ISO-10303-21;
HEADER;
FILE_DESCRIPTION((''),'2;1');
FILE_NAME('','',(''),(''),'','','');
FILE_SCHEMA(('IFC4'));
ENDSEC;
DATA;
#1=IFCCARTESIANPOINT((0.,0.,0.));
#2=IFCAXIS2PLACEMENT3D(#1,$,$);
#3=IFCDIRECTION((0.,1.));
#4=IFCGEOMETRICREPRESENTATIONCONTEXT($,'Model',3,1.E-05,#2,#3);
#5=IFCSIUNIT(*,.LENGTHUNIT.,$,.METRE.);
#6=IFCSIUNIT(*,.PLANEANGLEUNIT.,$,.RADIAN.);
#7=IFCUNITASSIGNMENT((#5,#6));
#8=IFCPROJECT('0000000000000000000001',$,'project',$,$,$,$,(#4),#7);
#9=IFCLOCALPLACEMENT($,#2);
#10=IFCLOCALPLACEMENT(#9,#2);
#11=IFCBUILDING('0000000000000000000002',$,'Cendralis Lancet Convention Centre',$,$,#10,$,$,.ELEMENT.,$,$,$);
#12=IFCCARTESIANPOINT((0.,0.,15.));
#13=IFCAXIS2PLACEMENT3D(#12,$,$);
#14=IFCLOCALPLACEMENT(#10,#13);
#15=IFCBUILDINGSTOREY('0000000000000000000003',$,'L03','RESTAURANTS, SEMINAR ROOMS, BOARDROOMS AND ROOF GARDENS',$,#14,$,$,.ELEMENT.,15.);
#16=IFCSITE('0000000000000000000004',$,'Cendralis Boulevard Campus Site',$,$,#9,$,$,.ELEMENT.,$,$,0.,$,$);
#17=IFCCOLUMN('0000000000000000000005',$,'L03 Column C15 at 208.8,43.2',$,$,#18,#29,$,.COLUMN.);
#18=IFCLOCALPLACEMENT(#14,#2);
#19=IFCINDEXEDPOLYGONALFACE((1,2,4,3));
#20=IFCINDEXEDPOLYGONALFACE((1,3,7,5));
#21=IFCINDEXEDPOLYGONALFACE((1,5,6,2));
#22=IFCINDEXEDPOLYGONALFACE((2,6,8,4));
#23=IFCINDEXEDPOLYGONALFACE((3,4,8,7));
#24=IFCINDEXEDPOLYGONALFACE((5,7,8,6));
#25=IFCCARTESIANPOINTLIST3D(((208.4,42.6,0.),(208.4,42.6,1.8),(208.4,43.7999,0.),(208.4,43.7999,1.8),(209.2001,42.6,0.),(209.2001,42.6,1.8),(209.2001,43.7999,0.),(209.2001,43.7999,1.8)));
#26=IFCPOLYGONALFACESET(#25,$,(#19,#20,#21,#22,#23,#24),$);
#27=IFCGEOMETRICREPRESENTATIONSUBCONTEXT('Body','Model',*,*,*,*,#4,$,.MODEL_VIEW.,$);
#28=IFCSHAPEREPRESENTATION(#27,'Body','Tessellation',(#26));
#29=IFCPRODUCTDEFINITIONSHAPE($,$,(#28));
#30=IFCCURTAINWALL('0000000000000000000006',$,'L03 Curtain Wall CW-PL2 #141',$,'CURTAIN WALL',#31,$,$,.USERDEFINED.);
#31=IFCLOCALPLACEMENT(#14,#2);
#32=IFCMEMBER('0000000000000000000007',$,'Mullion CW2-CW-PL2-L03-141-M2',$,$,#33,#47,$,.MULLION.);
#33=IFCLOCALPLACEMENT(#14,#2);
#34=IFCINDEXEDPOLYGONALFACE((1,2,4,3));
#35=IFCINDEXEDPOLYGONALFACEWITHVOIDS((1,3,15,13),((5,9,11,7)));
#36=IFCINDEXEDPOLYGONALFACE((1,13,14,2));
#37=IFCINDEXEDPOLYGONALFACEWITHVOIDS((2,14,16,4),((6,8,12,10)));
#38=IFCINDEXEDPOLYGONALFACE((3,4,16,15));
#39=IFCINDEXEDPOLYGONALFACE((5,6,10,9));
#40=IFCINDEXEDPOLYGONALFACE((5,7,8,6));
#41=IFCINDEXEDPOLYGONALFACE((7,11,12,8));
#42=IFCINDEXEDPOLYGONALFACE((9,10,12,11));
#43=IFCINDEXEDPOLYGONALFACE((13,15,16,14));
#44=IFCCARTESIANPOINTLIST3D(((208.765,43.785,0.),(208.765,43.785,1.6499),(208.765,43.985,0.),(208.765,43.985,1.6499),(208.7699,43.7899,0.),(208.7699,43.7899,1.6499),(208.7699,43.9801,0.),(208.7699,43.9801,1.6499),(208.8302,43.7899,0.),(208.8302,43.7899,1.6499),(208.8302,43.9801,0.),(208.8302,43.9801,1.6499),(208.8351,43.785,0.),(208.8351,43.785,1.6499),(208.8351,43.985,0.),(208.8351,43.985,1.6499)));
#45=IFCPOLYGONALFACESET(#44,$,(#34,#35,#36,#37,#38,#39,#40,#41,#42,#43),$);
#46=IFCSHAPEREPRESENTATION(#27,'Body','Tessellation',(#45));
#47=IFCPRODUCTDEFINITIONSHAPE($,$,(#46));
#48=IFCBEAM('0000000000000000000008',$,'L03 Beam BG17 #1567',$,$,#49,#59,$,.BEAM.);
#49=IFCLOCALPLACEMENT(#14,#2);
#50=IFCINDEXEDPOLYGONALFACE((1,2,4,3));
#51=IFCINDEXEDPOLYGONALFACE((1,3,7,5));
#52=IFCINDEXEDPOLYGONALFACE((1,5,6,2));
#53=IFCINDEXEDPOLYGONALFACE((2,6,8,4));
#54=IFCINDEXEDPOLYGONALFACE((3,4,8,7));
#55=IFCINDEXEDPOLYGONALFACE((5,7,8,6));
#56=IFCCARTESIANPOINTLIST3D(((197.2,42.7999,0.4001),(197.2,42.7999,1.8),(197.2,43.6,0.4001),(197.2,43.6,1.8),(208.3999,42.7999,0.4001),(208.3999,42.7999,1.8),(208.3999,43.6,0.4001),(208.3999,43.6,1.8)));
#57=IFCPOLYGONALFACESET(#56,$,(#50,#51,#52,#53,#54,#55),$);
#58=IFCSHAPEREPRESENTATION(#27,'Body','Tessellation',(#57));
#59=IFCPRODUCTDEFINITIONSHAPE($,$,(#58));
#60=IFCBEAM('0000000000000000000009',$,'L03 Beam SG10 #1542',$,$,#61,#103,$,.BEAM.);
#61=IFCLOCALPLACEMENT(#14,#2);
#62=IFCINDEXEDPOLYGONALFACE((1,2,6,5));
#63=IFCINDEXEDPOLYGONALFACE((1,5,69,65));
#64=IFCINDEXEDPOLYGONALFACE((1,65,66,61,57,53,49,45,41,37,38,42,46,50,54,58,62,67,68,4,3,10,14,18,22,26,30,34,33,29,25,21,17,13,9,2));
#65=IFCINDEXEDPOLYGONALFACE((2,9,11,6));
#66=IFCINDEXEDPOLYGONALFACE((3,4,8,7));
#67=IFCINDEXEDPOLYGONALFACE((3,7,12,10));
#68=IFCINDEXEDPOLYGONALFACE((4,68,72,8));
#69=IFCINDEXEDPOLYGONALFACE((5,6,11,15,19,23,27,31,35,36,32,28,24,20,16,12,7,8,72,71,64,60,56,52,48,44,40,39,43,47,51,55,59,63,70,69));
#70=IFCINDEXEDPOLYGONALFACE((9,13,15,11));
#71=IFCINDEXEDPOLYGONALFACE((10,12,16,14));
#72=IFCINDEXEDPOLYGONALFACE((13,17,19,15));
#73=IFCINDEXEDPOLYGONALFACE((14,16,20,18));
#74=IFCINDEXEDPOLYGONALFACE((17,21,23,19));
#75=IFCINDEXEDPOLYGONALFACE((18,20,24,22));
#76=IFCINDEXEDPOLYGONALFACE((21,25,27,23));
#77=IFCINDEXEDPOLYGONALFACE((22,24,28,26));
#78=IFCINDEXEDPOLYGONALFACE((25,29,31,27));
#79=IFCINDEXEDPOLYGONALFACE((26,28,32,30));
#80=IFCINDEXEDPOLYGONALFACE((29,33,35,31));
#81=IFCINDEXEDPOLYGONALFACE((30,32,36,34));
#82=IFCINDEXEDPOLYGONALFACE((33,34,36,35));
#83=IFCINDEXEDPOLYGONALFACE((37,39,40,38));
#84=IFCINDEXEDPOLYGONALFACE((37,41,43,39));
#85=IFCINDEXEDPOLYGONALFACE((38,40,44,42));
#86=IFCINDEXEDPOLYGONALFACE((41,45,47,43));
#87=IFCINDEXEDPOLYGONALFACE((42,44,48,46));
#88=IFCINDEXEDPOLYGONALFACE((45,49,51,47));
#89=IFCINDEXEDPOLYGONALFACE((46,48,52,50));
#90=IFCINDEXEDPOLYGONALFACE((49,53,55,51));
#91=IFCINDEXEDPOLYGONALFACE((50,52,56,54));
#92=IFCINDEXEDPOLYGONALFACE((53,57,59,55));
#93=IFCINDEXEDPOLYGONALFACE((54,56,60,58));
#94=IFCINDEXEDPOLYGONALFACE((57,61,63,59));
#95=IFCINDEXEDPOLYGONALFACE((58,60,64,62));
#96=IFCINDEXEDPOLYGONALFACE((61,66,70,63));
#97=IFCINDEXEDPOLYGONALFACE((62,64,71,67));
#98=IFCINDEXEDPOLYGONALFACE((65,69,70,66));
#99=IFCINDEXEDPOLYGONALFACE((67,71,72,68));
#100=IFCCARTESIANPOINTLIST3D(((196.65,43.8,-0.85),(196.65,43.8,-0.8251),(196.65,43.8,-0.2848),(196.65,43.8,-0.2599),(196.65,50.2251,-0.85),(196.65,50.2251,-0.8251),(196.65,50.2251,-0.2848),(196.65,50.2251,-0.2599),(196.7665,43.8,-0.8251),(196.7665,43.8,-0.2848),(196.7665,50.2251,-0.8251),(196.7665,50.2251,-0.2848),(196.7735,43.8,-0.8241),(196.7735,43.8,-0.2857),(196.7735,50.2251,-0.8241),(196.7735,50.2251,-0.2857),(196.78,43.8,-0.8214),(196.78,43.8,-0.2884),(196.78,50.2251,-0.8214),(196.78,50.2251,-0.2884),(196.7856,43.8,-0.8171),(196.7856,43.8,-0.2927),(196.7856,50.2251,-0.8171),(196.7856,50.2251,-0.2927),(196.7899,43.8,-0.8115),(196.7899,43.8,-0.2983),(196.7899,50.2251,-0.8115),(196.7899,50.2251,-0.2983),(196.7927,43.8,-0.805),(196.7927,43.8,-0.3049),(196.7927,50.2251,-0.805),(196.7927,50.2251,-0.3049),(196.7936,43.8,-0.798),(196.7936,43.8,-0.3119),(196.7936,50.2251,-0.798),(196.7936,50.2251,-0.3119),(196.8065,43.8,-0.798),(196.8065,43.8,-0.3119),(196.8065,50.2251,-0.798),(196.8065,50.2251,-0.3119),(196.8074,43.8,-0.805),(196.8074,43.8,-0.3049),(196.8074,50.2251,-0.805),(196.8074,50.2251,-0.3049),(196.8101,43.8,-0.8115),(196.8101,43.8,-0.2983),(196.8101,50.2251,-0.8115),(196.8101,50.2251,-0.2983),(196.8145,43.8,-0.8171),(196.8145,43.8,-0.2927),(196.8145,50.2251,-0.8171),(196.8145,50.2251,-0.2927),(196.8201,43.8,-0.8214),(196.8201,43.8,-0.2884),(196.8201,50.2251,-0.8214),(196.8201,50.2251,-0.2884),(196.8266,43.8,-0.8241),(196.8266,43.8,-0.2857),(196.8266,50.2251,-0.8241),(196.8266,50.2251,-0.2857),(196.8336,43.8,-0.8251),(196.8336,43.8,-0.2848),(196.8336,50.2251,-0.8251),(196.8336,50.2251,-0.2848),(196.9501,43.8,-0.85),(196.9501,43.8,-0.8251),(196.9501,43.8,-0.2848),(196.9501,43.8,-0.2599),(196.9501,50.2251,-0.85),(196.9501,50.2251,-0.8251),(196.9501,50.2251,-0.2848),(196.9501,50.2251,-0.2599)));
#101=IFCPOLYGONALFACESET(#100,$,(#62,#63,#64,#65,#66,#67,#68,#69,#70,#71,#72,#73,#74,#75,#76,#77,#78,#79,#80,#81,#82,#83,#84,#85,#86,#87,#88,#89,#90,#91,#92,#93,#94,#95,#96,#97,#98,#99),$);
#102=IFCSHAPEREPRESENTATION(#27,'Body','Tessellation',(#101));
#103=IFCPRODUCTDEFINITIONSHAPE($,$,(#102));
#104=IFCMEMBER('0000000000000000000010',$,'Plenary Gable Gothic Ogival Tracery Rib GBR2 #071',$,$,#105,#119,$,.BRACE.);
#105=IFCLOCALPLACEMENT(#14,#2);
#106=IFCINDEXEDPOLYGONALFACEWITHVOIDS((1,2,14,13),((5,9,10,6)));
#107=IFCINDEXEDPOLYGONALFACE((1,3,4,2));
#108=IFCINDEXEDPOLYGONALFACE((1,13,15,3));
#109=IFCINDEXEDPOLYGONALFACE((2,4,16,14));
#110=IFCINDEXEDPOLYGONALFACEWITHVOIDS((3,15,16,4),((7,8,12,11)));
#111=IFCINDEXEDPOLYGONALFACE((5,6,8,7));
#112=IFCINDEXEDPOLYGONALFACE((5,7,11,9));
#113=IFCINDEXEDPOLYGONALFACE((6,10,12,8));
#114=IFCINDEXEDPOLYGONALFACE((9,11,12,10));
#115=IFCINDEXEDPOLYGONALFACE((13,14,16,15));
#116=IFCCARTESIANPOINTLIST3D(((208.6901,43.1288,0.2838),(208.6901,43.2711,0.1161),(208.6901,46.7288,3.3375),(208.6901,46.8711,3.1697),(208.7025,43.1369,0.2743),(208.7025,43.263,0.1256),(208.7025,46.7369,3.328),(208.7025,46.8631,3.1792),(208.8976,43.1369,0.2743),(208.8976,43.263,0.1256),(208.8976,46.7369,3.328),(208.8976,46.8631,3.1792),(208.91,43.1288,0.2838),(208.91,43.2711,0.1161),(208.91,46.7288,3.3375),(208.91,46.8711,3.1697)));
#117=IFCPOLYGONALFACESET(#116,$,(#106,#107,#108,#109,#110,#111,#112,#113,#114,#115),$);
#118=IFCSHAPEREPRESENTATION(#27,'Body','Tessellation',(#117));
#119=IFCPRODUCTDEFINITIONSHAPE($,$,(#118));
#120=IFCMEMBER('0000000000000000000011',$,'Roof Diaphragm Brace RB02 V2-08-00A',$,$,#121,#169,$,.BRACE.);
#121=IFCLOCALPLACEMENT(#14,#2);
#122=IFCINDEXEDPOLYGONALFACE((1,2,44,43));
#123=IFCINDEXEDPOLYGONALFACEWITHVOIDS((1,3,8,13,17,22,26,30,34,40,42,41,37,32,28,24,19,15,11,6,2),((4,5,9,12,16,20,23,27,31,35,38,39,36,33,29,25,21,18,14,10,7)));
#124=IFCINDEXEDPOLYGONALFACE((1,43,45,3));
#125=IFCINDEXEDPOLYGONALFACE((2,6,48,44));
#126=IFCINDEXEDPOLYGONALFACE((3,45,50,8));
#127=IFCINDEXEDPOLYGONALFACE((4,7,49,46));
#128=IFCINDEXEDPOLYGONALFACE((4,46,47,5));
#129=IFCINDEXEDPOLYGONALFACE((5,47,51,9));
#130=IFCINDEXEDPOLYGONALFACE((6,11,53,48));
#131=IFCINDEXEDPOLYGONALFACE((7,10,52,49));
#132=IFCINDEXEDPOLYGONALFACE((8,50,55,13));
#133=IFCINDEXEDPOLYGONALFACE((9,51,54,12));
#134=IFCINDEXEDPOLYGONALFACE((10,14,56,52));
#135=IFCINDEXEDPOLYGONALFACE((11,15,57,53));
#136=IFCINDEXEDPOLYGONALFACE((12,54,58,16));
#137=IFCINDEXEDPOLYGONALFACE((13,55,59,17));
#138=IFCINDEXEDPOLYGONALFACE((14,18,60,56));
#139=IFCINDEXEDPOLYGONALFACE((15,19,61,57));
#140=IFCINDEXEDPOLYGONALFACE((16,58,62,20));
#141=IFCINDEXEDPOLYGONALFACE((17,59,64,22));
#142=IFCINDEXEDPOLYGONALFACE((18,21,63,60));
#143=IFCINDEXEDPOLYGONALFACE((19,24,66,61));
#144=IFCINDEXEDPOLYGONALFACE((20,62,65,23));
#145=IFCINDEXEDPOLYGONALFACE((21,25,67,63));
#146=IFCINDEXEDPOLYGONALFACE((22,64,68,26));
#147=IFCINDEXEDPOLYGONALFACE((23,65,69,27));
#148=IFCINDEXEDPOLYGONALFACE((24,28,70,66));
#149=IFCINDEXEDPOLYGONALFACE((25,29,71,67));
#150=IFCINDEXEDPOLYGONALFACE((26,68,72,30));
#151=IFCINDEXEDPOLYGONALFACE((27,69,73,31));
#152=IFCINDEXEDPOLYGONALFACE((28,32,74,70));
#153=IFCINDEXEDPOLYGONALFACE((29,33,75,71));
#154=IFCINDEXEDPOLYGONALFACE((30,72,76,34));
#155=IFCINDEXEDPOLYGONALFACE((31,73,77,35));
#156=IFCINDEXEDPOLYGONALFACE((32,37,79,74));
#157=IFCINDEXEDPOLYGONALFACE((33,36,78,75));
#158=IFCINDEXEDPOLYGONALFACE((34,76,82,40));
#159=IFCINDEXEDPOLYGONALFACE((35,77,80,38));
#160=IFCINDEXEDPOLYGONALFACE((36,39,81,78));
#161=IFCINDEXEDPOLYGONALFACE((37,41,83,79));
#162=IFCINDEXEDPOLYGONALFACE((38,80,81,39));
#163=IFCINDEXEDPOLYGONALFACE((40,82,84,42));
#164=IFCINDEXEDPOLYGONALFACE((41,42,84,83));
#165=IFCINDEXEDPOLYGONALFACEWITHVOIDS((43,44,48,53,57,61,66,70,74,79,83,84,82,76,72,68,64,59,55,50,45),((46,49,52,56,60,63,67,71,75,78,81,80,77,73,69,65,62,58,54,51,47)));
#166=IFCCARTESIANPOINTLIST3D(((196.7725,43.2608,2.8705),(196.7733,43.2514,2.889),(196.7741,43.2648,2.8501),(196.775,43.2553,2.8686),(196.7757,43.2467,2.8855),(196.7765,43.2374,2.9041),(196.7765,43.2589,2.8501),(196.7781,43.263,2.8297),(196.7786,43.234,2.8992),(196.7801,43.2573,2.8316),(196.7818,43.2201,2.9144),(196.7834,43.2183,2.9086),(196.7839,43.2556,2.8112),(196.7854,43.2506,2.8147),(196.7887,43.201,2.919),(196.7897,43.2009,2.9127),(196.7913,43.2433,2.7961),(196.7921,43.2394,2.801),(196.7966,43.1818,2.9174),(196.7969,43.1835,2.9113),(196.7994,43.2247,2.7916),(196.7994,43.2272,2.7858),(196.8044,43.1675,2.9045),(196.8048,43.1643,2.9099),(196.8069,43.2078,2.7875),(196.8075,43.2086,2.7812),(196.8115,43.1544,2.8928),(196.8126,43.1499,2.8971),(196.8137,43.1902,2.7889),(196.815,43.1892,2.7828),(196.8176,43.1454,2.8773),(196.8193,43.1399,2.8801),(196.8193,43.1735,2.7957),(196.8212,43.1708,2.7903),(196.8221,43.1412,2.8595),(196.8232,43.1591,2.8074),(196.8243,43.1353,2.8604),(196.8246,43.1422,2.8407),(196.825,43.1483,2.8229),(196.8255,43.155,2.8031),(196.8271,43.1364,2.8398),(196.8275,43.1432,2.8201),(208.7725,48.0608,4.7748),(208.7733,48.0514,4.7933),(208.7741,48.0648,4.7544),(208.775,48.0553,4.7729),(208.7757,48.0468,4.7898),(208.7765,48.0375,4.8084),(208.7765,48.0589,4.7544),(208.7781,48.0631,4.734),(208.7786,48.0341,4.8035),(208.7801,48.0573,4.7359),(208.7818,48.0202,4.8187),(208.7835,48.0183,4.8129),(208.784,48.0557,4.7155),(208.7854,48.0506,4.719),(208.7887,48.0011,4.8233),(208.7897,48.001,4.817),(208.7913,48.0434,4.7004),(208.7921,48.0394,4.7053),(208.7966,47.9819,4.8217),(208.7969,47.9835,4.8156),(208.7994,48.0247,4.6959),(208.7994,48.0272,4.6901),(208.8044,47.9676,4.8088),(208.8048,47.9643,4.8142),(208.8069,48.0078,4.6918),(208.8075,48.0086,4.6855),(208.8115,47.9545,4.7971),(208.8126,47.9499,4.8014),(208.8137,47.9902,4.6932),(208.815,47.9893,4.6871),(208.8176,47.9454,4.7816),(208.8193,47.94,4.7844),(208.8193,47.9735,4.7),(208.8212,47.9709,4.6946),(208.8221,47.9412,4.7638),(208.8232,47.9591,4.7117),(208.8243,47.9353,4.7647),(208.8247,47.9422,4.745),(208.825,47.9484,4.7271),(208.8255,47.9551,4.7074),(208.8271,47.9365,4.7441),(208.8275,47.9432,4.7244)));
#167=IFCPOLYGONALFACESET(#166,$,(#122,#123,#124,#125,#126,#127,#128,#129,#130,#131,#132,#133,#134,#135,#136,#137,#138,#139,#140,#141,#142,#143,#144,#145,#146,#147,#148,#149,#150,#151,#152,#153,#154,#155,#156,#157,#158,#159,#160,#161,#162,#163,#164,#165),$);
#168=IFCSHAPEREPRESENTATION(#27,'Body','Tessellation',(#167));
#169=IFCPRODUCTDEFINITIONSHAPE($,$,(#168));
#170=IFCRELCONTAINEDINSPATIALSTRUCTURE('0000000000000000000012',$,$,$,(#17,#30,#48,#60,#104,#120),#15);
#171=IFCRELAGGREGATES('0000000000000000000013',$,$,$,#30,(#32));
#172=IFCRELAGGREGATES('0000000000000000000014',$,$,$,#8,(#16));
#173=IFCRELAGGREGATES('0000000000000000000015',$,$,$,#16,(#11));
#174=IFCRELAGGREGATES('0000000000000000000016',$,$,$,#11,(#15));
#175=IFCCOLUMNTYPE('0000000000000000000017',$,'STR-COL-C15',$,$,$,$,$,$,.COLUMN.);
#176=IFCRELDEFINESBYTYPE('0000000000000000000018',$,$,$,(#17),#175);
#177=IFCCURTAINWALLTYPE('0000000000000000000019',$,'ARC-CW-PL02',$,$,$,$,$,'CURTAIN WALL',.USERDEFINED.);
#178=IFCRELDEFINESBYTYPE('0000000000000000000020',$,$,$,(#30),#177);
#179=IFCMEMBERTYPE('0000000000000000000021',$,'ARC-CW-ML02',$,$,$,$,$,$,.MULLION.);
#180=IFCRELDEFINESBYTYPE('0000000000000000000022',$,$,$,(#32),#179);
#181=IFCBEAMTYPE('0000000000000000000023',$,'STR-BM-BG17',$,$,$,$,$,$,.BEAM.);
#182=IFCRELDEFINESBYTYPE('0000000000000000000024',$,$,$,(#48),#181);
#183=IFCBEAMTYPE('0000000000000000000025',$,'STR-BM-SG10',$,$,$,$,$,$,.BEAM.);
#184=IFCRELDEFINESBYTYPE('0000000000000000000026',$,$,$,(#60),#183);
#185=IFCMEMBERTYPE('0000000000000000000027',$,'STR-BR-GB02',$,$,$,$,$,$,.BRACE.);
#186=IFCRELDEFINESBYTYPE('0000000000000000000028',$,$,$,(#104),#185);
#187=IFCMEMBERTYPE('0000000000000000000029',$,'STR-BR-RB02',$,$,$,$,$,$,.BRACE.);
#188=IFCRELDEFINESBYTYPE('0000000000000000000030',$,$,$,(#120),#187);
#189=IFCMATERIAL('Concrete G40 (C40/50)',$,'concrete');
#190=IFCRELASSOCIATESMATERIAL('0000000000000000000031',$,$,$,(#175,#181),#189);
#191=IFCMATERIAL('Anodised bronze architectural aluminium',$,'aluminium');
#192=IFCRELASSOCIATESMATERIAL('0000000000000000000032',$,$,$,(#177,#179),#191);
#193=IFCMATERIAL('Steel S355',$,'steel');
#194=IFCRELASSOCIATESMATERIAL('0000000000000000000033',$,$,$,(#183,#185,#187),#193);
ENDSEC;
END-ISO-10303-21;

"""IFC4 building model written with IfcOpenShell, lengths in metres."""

from ifc_helpers import new_model, si_unit, direction, frame, origin, origin_2d, place, context, subcontext, project, spatial, rectangle, hollow_rectangle, hollow_circle, i_section, extrude, material, material_profile, profile_set, type_object, element, aggregate, save


model = new_model("IFC4")

# Units and contexts
model_context = context("Model", 3, precision=1e-05, world=origin(), true_north=direction((0.0, 1.0)))
body_context = subcontext(model_context, "Body", "Model", "MODEL_VIEW")
ifc_project = project(units=[si_unit("LENGTHUNIT", "METRE"), si_unit("PLANEANGLEUNIT", "RADIAN")], contexts=[model_context])

# Site, building, storey
site_placement = place(None, origin())
site = spatial("IfcSite", under=ifc_project, at=site_placement, Name="Cendralis Boulevard Campus Site", CompositionType="ELEMENT", RefElevation=0.0)
building_placement = place(site_placement, origin())
building = spatial("IfcBuilding", under=site, at=building_placement, Name="Cendralis Lancet Convention Centre", CompositionType="ELEMENT")
storey_placement = place(building_placement, frame((0.0, 0.0, 15.0)))
storey = spatial("IfcBuildingStorey", under=building, at=storey_placement, Name="L03", Description="RESTAURANTS, SEMINAR ROOMS, BOARDROOMS AND ROOF GARDENS", CompositionType="ELEMENT", Elevation=15.0)

# Column
ifc_material_1 = material(Name="Concrete G40 (C40/50)", Category="concrete")
ifc_material_profile_1 = material_profile(ifc_material_1, rectangle(XDim=0.8, YDim=1.2, at=origin_2d()), Name="RC 800x1200")
ifc_profile_set_1 = profile_set([ifc_material_profile_1], Name="Concrete G40 (C40/50)")
column_type = type_object("IfcColumnType", Name="STR-COL-C15", PredefinedType="COLUMN", material=ifc_profile_set_1)
column_placement = place(storey_placement, frame((208.8, 43.2, 0.0), z_axis=(0.0, 0.0, 1.0), x_axis=(1.0, 0.0, 0.0)))
element("IfcColumn", 1, at=column_placement, inside=storey, type_object=column_type, Name="L03 Column C15 at 208.8,43.2", PredefinedType="COLUMN", context=body_context, shape_type="SweptSolid", body=[
    extrude(rectangle(XDim=0.8, YDim=1.2, at=origin_2d()), origin(), (0.0, 0.0, 1.0), 1.8),
])

# Curtain wall, member
ifc_material_2 = material(Name="Anodised bronze architectural aluminium", Category="aluminium")
curtain_wall_type = type_object("IfcCurtainWallType", Name="ARC-CW-PL02", ElementType="CURTAIN WALL", PredefinedType="USERDEFINED", material=ifc_material_2)
curtain_wall_placement = place(storey_placement, origin())
curtain_wall = element("IfcCurtainWall", 2, at=curtain_wall_placement, inside=storey, type_object=curtain_wall_type, Name="L03 Curtain Wall CW-PL2 #141", ObjectType="CURTAIN WALL", PredefinedType="USERDEFINED")
ifc_material_profile_2 = material_profile(ifc_material_2, hollow_rectangle(XDim=0.0701, YDim=0.2, WallThickness=0.0049, at=origin_2d()), Name="AL-MULL 70x200x5.0")
ifc_profile_set_2 = profile_set([ifc_material_profile_2], Name="Anodised bronze architectural aluminium")
member_type_1 = type_object("IfcMemberType", Name="ARC-CW-ML02", PredefinedType="MULLION", material=ifc_profile_set_2)
member_1_placement = place(storey_placement, frame((208.8, 43.885, 0.0), z_axis=(0.0, 0.0, 1.0), x_axis=(1.0, 0.0, 0.0)))
member_1 = element("IfcMember", 3, at=member_1_placement, type_object=member_type_1, Name="Mullion CW2-CW-PL2-L03-141-M2", PredefinedType="MULLION", context=body_context, shape_type="SweptSolid", body=[
    extrude(hollow_rectangle(XDim=0.0701, YDim=0.2, WallThickness=0.0049, at=origin_2d()), origin(), (0.0, 0.0, 1.0), 1.6499),
])

# Beams
ifc_material_profile_3 = material_profile(ifc_material_1, rectangle(XDim=0.8, YDim=1.3999, at=origin_2d()), Name="RCB 800x1400")
ifc_profile_set_3 = profile_set([ifc_material_profile_3], Name="Concrete G40 (C40/50)")
beam_type_1 = type_object("IfcBeamType", Name="STR-BM-BG17", PredefinedType="BEAM", material=ifc_profile_set_3)
beam_1_placement = place(storey_placement, frame((197.2, 43.2, 1.1001), z_axis=(1.0, 0.0, 0.0), x_axis=(0.0, 1.0, 0.0)))
element("IfcBeam", 4, at=beam_1_placement, inside=storey, type_object=beam_type_1, Name="L03 Beam BG17 #1567", PredefinedType="BEAM", context=body_context, shape_type="SweptSolid", body=[
    extrude(rectangle(XDim=0.8, YDim=1.3999, at=origin_2d()), origin(), (0.0, 0.0, 1.0), 11.2),
])
ifc_material_3 = material(Name="Steel S355", Category="steel")
ifc_material_profile_4 = material_profile(ifc_material_3, i_section(OverallWidth=0.3, OverallDepth=0.5901, WebThickness=0.0129, FlangeThickness=0.0249, FilletRadius=0.0271, at=origin_2d()), Name="HEA 600")
ifc_profile_set_4 = profile_set([ifc_material_profile_4], Name="Steel S355")
beam_type_2 = type_object("IfcBeamType", Name="STR-BM-SG10", PredefinedType="BEAM", material=ifc_profile_set_4)
beam_2_placement = place(storey_placement, frame((196.8, 43.8, -0.5549), z_axis=(0.0, 1.0, 0.0), x_axis=(-1.0, 0.0, 0.0)))
element("IfcBeam", 5, at=beam_2_placement, inside=storey, type_object=beam_type_2, Name="L03 Beam SG10 #1542", PredefinedType="BEAM", context=body_context, shape_type="SweptSolid", body=[
    extrude(i_section(OverallWidth=0.3, OverallDepth=0.5901, WebThickness=0.0129, FlangeThickness=0.0249, FilletRadius=0.0271, at=origin_2d()), origin(), (0.0, 0.0, 1.0), 6.425),
])

# Members
ifc_material_profile_5 = material_profile(ifc_material_3, hollow_rectangle(XDim=0.22, YDim=0.22, WallThickness=0.0125, at=origin_2d()), Name="SHS 220x220x12.5")
ifc_profile_set_5 = profile_set([ifc_material_profile_5], Name="Steel S355")
member_type_2 = type_object("IfcMemberType", Name="STR-BR-GB02", PredefinedType="BRACE", material=ifc_profile_set_5)
member_2_placement = place(storey_placement, frame((208.8, 43.2, 0.2), z_axis=(0.0, 0.762605, 0.646864), x_axis=(-1.0, 0.0, 0.0)))
element("IfcMember", 6, at=member_2_placement, inside=storey, type_object=member_type_2, Name="Plenary Gable Gothic Ogival Tracery Rib GBR2 #071", PredefinedType="BRACE", context=body_context, shape_type="SweptSolid", body=[
    extrude(hollow_rectangle(XDim=0.22, YDim=0.22, WallThickness=0.0125, at=origin_2d()), origin(), (0.0, 0.0, 1.0), 4.7207),
])
ifc_material_profile_6 = material_profile(ifc_material_3, hollow_circle(Radius=0.0698, WallThickness=0.0063, at=origin_2d()), Name="CHS 139.7x6.3")
ifc_profile_set_6 = profile_set([ifc_material_profile_6], Name="Steel S355")
member_type_3 = type_object("IfcMemberType", Name="STR-BR-RB02", PredefinedType="BRACE", material=ifc_profile_set_6)
member_3_placement = place(storey_placement, frame((196.8, 43.2, 2.8501), z_axis=(0.918558, 0.367427, 0.145767), x_axis=(-0.371394, 0.928475, 0.0)))
element("IfcMember", 7, at=member_3_placement, inside=storey, type_object=member_type_3, Name="Roof Diaphragm Brace RB02 V2-08-00A", PredefinedType="BRACE", context=body_context, shape_type="SweptSolid", body=[
    extrude(hollow_circle(Radius=0.0698, WallThickness=0.0063, at=origin_2d()), origin(), (0.0, 0.0, 1.0), 13.064),
])

aggregate(curtain_wall, [member_1])

save(model, "model.ifc")
